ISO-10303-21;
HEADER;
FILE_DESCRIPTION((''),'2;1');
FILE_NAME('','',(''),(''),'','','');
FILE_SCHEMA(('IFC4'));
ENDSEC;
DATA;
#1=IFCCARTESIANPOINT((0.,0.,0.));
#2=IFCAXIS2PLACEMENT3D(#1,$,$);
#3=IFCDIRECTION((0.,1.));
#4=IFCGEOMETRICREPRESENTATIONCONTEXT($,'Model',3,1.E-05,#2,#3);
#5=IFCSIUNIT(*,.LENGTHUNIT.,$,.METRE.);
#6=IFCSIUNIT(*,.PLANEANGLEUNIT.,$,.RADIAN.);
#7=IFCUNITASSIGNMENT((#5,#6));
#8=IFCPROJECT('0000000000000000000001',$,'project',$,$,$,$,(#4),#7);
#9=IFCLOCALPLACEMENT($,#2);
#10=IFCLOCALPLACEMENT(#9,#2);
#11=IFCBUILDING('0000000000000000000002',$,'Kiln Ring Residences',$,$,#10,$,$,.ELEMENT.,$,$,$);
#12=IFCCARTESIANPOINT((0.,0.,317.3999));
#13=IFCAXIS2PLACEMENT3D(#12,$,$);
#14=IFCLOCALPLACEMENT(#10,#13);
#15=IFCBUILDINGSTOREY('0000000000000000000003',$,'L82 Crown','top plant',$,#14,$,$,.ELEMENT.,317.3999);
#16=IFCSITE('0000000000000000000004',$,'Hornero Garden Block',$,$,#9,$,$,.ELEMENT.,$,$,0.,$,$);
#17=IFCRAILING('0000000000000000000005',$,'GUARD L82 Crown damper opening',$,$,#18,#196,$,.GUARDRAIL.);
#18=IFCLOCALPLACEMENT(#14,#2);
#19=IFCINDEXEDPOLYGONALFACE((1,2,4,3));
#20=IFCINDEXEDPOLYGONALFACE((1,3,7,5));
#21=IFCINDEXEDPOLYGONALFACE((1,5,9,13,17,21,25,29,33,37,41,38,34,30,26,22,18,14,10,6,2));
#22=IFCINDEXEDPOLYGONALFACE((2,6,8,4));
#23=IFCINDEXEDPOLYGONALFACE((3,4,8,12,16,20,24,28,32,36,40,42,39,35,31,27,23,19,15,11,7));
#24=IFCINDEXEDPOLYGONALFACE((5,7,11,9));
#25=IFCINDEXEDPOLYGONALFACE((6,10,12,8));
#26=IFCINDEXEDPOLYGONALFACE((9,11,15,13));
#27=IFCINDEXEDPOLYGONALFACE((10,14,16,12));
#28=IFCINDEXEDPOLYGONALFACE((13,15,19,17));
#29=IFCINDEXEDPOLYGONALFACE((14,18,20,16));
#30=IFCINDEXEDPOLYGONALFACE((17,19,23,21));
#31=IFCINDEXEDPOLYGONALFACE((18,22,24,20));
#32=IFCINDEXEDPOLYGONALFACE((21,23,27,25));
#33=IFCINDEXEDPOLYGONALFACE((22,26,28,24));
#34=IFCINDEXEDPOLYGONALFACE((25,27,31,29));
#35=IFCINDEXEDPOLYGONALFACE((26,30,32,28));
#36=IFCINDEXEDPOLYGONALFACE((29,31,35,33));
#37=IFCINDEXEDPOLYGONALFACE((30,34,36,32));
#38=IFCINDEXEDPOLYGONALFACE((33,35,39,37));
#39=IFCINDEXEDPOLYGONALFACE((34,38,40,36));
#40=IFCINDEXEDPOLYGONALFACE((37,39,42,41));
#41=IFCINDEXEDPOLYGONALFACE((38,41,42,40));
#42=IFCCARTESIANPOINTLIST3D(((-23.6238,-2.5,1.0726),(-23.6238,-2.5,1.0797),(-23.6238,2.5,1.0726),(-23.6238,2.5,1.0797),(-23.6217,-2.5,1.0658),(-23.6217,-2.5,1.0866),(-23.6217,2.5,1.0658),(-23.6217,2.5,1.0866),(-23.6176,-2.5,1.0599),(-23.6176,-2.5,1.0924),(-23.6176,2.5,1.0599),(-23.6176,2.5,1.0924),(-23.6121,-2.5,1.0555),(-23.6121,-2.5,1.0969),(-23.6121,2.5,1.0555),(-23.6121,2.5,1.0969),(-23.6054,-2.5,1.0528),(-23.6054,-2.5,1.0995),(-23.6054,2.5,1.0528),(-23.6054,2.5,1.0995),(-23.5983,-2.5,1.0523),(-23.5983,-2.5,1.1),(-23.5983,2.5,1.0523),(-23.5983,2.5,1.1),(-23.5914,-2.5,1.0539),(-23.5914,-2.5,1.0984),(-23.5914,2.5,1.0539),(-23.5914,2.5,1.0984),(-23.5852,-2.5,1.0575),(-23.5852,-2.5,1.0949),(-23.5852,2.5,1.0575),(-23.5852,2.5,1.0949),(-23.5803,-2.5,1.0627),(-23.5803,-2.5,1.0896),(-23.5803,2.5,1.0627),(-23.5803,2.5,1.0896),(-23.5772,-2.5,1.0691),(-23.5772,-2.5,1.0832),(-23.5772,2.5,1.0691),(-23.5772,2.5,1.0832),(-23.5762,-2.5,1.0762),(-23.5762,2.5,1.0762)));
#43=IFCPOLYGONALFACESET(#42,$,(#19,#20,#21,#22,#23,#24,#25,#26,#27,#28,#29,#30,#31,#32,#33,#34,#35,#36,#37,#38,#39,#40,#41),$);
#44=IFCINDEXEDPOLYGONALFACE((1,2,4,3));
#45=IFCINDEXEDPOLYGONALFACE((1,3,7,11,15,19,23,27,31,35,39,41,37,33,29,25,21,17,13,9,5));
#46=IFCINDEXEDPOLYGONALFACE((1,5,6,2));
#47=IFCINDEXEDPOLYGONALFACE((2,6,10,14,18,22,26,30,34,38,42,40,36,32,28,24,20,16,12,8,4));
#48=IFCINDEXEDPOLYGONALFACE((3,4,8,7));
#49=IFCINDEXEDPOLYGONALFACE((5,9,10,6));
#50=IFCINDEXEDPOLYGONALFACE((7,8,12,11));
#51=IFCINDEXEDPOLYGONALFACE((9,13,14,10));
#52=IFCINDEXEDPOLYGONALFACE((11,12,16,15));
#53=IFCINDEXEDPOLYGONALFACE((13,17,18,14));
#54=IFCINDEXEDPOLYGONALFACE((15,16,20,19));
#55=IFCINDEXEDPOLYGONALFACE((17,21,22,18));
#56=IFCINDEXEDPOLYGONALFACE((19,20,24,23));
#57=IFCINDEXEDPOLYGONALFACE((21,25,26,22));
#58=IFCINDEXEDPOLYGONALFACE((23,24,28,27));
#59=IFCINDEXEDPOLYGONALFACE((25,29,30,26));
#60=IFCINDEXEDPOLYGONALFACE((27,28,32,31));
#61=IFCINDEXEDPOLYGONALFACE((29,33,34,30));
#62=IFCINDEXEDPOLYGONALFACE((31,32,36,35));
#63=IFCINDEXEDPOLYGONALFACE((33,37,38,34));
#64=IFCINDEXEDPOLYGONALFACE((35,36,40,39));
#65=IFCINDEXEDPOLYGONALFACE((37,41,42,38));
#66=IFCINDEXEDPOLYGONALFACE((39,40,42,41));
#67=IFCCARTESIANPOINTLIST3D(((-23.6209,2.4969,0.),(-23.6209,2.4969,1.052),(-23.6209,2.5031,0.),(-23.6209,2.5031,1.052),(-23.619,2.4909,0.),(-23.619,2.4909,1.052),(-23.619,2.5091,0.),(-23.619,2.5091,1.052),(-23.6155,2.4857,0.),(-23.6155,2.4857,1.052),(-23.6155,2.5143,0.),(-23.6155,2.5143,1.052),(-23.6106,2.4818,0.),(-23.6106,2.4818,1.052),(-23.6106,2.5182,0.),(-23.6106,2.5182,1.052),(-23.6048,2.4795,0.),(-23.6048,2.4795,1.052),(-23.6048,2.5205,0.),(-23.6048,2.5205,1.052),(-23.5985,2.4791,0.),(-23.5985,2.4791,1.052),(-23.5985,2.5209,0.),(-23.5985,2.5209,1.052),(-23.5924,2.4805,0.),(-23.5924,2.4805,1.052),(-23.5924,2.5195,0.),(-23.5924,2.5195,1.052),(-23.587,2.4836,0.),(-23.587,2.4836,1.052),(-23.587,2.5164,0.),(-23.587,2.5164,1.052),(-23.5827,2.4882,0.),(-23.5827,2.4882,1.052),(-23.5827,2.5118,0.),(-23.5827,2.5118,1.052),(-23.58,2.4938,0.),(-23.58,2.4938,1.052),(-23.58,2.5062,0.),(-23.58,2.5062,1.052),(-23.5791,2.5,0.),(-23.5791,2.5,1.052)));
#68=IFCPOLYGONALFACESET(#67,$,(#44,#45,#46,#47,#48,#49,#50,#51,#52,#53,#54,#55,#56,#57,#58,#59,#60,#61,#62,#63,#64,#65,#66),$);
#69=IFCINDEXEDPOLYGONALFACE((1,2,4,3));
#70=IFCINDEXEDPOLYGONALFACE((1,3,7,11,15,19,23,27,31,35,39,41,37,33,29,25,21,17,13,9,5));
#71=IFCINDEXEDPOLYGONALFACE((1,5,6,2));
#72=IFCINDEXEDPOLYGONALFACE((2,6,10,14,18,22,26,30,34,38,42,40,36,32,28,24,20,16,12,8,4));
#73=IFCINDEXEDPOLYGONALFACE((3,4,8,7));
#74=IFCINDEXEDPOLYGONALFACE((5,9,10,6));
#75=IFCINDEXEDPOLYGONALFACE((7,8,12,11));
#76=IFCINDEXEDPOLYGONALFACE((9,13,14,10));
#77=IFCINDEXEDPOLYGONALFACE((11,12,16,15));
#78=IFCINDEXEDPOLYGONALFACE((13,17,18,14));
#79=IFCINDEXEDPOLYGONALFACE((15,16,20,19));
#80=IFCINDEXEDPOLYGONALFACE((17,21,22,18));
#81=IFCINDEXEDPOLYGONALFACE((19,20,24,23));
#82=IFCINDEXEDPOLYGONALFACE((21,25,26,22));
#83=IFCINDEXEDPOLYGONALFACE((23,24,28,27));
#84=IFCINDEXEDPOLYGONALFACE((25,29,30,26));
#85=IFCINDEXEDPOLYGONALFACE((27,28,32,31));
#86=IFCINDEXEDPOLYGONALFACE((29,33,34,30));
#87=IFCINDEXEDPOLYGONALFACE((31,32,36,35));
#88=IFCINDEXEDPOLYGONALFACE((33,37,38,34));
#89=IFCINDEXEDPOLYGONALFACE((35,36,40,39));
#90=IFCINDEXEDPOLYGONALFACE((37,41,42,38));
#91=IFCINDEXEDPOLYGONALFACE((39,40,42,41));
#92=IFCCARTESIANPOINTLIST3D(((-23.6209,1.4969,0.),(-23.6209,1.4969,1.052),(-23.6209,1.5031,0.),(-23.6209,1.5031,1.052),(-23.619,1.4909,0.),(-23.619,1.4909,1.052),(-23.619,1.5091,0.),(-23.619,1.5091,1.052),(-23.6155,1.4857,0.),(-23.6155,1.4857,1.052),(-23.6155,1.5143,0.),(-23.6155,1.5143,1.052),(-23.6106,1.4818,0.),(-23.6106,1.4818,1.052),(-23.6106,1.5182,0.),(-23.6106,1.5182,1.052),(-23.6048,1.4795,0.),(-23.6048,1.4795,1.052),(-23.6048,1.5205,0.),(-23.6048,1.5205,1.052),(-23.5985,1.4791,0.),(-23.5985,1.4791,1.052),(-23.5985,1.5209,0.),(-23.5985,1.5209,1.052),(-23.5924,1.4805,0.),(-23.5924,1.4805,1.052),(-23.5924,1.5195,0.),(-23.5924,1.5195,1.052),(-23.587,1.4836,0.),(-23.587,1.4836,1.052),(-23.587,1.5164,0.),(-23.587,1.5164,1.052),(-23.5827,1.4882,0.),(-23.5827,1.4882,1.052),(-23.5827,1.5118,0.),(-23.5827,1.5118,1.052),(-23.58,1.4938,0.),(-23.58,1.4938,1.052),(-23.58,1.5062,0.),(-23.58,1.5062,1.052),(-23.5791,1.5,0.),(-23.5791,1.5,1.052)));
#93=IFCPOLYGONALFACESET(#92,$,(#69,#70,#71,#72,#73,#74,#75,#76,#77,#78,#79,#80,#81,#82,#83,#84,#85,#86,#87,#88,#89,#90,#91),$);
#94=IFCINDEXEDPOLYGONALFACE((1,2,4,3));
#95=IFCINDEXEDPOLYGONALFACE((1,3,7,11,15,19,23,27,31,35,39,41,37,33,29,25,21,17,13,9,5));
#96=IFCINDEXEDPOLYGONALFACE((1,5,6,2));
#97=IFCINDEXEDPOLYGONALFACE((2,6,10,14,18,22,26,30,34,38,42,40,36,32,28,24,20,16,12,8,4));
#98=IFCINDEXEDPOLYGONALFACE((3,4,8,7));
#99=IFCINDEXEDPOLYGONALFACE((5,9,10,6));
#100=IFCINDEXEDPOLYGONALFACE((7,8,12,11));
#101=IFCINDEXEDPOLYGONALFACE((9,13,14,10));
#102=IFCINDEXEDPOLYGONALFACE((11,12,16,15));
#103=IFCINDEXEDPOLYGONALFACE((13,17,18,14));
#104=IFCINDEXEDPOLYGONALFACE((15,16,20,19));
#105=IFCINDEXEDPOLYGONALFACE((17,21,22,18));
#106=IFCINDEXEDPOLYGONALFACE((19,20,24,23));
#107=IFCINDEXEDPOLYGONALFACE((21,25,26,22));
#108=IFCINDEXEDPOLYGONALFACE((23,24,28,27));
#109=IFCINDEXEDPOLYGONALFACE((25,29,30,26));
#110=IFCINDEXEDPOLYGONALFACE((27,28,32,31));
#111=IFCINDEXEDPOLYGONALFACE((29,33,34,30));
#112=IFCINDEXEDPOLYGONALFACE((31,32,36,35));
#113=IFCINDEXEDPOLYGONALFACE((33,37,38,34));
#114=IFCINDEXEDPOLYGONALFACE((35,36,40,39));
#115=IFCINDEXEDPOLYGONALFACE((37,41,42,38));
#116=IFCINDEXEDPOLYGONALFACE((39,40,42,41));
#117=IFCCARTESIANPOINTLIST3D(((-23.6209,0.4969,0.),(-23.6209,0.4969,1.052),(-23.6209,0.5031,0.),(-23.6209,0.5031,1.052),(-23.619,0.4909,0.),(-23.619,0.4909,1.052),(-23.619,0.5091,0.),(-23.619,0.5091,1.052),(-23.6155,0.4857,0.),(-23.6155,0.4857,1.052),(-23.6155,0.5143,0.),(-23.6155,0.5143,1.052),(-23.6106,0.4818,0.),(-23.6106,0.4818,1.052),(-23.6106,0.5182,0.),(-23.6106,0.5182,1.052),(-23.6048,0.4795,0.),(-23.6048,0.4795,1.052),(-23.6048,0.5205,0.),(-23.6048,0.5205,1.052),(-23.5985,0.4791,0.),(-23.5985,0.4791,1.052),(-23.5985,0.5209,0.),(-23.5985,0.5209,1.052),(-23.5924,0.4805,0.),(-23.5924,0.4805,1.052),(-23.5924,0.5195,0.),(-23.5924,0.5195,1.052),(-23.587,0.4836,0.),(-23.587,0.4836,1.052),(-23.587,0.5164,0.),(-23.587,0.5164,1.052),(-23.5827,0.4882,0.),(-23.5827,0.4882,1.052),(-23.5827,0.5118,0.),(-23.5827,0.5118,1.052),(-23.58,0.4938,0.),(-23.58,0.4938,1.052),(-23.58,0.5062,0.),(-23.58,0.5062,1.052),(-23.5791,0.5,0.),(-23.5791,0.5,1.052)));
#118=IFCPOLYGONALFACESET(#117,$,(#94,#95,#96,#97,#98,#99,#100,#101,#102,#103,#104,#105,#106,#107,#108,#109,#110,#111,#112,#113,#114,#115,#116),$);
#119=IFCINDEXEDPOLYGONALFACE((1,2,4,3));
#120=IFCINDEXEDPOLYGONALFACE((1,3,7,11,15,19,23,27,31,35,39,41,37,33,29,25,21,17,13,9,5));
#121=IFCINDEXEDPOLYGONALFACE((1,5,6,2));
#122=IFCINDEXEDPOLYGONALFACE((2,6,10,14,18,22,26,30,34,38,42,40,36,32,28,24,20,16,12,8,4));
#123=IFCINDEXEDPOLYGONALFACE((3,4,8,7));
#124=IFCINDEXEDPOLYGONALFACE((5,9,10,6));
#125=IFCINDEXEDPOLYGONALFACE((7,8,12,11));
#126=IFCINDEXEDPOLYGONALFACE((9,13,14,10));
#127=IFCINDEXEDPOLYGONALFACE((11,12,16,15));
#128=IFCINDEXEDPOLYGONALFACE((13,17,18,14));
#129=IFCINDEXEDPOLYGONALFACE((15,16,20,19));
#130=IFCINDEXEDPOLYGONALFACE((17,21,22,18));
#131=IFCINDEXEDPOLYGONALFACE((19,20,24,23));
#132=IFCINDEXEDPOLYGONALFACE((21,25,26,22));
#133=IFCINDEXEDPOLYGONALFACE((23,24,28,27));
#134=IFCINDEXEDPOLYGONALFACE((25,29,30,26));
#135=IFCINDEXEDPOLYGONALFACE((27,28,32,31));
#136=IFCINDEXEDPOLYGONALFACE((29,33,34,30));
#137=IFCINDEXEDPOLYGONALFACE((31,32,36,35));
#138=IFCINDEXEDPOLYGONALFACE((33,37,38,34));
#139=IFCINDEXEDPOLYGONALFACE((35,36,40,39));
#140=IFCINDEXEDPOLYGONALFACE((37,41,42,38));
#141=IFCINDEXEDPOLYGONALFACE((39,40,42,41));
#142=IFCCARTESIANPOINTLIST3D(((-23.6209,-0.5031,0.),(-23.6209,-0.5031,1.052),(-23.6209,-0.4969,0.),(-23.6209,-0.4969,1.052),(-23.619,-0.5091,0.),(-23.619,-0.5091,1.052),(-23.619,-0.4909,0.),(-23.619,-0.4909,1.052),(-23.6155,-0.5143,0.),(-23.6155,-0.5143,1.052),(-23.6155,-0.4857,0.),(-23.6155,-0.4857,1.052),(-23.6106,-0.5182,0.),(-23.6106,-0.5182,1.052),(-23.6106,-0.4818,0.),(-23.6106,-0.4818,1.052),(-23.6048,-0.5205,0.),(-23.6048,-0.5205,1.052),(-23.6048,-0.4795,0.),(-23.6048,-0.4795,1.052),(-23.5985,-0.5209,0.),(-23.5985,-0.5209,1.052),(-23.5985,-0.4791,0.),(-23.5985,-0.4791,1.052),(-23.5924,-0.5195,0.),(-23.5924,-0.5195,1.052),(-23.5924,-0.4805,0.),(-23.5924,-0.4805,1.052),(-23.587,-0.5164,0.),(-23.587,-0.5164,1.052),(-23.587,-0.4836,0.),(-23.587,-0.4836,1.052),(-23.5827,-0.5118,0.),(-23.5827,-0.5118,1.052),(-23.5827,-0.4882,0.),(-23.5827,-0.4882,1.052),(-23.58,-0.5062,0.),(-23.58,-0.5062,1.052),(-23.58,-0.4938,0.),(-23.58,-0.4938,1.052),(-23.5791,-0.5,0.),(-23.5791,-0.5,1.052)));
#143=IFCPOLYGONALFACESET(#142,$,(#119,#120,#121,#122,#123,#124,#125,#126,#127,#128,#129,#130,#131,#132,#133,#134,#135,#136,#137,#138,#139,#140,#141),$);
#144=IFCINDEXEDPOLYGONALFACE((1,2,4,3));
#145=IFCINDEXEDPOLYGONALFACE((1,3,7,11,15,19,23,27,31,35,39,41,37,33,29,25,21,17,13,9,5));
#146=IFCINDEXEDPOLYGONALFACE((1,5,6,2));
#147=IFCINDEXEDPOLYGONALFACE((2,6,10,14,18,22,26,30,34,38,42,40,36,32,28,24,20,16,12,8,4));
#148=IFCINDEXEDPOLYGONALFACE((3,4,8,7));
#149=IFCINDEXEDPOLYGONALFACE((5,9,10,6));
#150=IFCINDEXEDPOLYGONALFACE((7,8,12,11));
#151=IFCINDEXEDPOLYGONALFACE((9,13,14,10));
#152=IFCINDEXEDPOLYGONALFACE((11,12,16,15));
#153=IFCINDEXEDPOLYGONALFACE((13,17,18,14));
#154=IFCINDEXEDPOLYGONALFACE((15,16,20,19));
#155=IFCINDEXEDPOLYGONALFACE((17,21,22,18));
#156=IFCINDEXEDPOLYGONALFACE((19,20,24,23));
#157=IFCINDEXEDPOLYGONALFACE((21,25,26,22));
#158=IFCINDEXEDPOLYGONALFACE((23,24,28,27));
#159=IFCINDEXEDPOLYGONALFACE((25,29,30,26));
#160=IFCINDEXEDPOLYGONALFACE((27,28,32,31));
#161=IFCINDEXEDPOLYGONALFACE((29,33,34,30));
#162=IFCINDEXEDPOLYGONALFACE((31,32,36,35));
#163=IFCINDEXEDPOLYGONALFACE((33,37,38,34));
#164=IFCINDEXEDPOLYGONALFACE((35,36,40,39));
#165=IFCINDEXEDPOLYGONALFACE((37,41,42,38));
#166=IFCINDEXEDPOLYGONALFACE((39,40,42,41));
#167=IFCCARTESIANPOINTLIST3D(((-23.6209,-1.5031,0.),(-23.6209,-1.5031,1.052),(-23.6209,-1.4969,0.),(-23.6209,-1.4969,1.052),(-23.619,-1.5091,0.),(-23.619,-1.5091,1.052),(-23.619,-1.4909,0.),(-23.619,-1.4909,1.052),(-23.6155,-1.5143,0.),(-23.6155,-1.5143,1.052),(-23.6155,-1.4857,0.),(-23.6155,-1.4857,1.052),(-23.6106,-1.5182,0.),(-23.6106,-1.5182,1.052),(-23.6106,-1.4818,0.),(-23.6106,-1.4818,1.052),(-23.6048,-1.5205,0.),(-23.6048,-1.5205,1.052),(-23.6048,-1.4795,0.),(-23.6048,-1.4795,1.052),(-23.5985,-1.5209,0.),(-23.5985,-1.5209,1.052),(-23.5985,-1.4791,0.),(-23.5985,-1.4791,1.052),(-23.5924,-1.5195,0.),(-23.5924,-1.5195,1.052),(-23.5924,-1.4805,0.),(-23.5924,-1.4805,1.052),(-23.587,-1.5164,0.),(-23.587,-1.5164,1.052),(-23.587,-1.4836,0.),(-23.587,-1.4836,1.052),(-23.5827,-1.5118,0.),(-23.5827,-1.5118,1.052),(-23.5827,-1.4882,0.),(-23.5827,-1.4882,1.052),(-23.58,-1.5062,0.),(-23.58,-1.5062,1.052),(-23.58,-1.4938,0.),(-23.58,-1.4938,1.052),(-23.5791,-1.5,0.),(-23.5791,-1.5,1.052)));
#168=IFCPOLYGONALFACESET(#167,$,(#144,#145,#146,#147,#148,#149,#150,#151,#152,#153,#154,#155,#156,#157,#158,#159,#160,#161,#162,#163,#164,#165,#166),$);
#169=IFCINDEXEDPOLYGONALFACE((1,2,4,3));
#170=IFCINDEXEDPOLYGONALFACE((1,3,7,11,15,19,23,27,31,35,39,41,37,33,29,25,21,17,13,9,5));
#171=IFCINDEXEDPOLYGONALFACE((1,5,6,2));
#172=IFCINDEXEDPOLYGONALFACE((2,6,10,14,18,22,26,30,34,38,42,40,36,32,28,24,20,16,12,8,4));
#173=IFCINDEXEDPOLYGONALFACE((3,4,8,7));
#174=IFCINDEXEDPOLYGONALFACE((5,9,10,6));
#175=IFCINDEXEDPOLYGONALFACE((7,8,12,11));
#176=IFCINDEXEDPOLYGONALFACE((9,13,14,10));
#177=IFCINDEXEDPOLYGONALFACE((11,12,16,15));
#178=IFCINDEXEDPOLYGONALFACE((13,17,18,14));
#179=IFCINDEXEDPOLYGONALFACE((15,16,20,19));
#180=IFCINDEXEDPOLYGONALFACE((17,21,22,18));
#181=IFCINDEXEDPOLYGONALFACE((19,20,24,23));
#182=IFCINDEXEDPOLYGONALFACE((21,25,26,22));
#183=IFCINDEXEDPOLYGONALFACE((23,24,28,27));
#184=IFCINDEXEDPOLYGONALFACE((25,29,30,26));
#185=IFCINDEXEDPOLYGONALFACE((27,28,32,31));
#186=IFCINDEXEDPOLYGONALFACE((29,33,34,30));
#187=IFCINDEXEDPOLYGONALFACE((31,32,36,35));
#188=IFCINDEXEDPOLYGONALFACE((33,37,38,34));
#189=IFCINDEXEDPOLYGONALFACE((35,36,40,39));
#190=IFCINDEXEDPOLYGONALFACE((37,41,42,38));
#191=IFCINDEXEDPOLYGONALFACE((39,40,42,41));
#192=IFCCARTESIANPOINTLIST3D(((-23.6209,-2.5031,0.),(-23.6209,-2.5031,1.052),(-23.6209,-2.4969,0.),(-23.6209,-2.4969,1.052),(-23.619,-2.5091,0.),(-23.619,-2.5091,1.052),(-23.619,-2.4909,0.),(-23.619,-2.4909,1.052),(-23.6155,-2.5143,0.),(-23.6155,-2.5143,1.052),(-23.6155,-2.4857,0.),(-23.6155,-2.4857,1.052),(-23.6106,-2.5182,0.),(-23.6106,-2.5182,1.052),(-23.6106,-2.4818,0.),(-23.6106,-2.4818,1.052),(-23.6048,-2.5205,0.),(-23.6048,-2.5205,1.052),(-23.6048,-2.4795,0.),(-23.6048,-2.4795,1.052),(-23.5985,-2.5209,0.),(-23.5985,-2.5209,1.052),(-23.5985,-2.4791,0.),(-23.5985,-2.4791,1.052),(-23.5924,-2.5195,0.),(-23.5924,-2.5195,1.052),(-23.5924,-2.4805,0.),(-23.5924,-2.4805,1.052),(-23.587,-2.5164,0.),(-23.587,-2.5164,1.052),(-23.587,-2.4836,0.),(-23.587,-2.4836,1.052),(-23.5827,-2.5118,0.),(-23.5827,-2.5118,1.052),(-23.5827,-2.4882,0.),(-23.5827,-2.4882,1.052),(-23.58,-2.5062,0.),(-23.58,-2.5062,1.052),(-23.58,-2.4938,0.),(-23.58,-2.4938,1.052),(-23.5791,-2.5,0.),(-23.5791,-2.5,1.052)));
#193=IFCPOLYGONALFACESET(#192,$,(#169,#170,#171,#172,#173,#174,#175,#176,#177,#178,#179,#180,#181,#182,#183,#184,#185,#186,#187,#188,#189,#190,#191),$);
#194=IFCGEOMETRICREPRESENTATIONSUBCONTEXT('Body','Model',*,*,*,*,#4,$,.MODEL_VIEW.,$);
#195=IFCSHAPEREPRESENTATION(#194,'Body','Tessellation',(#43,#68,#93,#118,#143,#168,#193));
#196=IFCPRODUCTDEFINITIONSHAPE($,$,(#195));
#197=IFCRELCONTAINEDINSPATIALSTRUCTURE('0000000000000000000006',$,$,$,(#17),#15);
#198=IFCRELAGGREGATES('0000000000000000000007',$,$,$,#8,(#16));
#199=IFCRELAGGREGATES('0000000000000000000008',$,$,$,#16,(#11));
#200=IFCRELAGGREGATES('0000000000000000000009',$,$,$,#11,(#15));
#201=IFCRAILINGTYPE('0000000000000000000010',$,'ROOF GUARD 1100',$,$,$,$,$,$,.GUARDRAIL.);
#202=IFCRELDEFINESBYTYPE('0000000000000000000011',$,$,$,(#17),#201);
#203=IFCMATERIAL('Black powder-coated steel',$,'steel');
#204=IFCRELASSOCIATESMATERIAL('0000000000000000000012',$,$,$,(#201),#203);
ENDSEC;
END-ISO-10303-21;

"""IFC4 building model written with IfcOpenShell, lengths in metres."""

from ifc_helpers import new_model, si_unit, direction, frame, origin, origin_2d, place, context, subcontext, project, spatial, circle, extrude, material, type_object, element, save


model = new_model("IFC4")

# Units and contexts
model_context = context("Model", 3, precision=1e-05, world=origin(), true_north=direction((0.0, 1.0)))
body_context = subcontext(model_context, "Body", "Model", "MODEL_VIEW")
ifc_project = project(units=[si_unit("LENGTHUNIT", "METRE"), si_unit("PLANEANGLEUNIT", "RADIAN")], contexts=[model_context])

# Site, building, storey
site_placement = place(None, origin())
site = spatial("IfcSite", under=ifc_project, at=site_placement, Name="Hornero Garden Block", CompositionType="ELEMENT", RefElevation=0.0)
building_placement = place(site_placement, origin())
building = spatial("IfcBuilding", under=site, at=building_placement, Name="Kiln Ring Residences", CompositionType="ELEMENT")
storey_placement = place(building_placement, frame((0.0, 0.0, 317.3999)))
storey = spatial("IfcBuildingStorey", under=building, at=storey_placement, Name="L82 Crown", Description="top plant", CompositionType="ELEMENT", Elevation=317.3999)

# Railing
ifc_material_1 = material(Name="Black powder-coated steel", Category="steel")
railing_type_1 = type_object("IfcRailingType", Name="ROOF GUARD 1100", PredefinedType="GUARDRAIL", material=ifc_material_1)
railing_1_placement = place(storey_placement, frame((-23.6001, 2.5, 0.0)))
element("IfcRailing", 1, at=railing_1_placement, inside=storey, type_object=railing_type_1, Name="GUARD L82 Crown damper opening", PredefinedType="GUARDRAIL", context=body_context, shape_type="SweptSolid", body=[
    extrude(circle(Radius=0.0239, at=origin_2d()), frame((0.0, 0.0, 1.0762), z_axis=(0.0, -1.0, 0.0), x_axis=(1.0, 0.0, 0.0)), (0.0, 0.0, 1.0), 5.0),
    extrude(circle(Radius=0.021, at=origin_2d()), origin(), (0.0, 0.0, 1.0), 1.052),
    extrude(circle(Radius=0.021, at=origin_2d()), frame((0.0, -1.0, 0.0)), (0.0, 0.0, 1.0), 1.052),
    extrude(circle(Radius=0.021, at=origin_2d()), frame((0.0, -2.0, 0.0)), (0.0, 0.0, 1.0), 1.052),
    extrude(circle(Radius=0.021, at=origin_2d()), frame((0.0, -3.0, 0.0)), (0.0, 0.0, 1.0), 1.052),
    extrude(circle(Radius=0.021, at=origin_2d()), frame((0.0, -4.0, 0.0)), (0.0, 0.0, 1.0), 1.052),
    extrude(circle(Radius=0.021, at=origin_2d()), frame((0.0, -5.0, 0.0)), (0.0, 0.0, 1.0), 1.052),
])

save(model, "model.ifc")
